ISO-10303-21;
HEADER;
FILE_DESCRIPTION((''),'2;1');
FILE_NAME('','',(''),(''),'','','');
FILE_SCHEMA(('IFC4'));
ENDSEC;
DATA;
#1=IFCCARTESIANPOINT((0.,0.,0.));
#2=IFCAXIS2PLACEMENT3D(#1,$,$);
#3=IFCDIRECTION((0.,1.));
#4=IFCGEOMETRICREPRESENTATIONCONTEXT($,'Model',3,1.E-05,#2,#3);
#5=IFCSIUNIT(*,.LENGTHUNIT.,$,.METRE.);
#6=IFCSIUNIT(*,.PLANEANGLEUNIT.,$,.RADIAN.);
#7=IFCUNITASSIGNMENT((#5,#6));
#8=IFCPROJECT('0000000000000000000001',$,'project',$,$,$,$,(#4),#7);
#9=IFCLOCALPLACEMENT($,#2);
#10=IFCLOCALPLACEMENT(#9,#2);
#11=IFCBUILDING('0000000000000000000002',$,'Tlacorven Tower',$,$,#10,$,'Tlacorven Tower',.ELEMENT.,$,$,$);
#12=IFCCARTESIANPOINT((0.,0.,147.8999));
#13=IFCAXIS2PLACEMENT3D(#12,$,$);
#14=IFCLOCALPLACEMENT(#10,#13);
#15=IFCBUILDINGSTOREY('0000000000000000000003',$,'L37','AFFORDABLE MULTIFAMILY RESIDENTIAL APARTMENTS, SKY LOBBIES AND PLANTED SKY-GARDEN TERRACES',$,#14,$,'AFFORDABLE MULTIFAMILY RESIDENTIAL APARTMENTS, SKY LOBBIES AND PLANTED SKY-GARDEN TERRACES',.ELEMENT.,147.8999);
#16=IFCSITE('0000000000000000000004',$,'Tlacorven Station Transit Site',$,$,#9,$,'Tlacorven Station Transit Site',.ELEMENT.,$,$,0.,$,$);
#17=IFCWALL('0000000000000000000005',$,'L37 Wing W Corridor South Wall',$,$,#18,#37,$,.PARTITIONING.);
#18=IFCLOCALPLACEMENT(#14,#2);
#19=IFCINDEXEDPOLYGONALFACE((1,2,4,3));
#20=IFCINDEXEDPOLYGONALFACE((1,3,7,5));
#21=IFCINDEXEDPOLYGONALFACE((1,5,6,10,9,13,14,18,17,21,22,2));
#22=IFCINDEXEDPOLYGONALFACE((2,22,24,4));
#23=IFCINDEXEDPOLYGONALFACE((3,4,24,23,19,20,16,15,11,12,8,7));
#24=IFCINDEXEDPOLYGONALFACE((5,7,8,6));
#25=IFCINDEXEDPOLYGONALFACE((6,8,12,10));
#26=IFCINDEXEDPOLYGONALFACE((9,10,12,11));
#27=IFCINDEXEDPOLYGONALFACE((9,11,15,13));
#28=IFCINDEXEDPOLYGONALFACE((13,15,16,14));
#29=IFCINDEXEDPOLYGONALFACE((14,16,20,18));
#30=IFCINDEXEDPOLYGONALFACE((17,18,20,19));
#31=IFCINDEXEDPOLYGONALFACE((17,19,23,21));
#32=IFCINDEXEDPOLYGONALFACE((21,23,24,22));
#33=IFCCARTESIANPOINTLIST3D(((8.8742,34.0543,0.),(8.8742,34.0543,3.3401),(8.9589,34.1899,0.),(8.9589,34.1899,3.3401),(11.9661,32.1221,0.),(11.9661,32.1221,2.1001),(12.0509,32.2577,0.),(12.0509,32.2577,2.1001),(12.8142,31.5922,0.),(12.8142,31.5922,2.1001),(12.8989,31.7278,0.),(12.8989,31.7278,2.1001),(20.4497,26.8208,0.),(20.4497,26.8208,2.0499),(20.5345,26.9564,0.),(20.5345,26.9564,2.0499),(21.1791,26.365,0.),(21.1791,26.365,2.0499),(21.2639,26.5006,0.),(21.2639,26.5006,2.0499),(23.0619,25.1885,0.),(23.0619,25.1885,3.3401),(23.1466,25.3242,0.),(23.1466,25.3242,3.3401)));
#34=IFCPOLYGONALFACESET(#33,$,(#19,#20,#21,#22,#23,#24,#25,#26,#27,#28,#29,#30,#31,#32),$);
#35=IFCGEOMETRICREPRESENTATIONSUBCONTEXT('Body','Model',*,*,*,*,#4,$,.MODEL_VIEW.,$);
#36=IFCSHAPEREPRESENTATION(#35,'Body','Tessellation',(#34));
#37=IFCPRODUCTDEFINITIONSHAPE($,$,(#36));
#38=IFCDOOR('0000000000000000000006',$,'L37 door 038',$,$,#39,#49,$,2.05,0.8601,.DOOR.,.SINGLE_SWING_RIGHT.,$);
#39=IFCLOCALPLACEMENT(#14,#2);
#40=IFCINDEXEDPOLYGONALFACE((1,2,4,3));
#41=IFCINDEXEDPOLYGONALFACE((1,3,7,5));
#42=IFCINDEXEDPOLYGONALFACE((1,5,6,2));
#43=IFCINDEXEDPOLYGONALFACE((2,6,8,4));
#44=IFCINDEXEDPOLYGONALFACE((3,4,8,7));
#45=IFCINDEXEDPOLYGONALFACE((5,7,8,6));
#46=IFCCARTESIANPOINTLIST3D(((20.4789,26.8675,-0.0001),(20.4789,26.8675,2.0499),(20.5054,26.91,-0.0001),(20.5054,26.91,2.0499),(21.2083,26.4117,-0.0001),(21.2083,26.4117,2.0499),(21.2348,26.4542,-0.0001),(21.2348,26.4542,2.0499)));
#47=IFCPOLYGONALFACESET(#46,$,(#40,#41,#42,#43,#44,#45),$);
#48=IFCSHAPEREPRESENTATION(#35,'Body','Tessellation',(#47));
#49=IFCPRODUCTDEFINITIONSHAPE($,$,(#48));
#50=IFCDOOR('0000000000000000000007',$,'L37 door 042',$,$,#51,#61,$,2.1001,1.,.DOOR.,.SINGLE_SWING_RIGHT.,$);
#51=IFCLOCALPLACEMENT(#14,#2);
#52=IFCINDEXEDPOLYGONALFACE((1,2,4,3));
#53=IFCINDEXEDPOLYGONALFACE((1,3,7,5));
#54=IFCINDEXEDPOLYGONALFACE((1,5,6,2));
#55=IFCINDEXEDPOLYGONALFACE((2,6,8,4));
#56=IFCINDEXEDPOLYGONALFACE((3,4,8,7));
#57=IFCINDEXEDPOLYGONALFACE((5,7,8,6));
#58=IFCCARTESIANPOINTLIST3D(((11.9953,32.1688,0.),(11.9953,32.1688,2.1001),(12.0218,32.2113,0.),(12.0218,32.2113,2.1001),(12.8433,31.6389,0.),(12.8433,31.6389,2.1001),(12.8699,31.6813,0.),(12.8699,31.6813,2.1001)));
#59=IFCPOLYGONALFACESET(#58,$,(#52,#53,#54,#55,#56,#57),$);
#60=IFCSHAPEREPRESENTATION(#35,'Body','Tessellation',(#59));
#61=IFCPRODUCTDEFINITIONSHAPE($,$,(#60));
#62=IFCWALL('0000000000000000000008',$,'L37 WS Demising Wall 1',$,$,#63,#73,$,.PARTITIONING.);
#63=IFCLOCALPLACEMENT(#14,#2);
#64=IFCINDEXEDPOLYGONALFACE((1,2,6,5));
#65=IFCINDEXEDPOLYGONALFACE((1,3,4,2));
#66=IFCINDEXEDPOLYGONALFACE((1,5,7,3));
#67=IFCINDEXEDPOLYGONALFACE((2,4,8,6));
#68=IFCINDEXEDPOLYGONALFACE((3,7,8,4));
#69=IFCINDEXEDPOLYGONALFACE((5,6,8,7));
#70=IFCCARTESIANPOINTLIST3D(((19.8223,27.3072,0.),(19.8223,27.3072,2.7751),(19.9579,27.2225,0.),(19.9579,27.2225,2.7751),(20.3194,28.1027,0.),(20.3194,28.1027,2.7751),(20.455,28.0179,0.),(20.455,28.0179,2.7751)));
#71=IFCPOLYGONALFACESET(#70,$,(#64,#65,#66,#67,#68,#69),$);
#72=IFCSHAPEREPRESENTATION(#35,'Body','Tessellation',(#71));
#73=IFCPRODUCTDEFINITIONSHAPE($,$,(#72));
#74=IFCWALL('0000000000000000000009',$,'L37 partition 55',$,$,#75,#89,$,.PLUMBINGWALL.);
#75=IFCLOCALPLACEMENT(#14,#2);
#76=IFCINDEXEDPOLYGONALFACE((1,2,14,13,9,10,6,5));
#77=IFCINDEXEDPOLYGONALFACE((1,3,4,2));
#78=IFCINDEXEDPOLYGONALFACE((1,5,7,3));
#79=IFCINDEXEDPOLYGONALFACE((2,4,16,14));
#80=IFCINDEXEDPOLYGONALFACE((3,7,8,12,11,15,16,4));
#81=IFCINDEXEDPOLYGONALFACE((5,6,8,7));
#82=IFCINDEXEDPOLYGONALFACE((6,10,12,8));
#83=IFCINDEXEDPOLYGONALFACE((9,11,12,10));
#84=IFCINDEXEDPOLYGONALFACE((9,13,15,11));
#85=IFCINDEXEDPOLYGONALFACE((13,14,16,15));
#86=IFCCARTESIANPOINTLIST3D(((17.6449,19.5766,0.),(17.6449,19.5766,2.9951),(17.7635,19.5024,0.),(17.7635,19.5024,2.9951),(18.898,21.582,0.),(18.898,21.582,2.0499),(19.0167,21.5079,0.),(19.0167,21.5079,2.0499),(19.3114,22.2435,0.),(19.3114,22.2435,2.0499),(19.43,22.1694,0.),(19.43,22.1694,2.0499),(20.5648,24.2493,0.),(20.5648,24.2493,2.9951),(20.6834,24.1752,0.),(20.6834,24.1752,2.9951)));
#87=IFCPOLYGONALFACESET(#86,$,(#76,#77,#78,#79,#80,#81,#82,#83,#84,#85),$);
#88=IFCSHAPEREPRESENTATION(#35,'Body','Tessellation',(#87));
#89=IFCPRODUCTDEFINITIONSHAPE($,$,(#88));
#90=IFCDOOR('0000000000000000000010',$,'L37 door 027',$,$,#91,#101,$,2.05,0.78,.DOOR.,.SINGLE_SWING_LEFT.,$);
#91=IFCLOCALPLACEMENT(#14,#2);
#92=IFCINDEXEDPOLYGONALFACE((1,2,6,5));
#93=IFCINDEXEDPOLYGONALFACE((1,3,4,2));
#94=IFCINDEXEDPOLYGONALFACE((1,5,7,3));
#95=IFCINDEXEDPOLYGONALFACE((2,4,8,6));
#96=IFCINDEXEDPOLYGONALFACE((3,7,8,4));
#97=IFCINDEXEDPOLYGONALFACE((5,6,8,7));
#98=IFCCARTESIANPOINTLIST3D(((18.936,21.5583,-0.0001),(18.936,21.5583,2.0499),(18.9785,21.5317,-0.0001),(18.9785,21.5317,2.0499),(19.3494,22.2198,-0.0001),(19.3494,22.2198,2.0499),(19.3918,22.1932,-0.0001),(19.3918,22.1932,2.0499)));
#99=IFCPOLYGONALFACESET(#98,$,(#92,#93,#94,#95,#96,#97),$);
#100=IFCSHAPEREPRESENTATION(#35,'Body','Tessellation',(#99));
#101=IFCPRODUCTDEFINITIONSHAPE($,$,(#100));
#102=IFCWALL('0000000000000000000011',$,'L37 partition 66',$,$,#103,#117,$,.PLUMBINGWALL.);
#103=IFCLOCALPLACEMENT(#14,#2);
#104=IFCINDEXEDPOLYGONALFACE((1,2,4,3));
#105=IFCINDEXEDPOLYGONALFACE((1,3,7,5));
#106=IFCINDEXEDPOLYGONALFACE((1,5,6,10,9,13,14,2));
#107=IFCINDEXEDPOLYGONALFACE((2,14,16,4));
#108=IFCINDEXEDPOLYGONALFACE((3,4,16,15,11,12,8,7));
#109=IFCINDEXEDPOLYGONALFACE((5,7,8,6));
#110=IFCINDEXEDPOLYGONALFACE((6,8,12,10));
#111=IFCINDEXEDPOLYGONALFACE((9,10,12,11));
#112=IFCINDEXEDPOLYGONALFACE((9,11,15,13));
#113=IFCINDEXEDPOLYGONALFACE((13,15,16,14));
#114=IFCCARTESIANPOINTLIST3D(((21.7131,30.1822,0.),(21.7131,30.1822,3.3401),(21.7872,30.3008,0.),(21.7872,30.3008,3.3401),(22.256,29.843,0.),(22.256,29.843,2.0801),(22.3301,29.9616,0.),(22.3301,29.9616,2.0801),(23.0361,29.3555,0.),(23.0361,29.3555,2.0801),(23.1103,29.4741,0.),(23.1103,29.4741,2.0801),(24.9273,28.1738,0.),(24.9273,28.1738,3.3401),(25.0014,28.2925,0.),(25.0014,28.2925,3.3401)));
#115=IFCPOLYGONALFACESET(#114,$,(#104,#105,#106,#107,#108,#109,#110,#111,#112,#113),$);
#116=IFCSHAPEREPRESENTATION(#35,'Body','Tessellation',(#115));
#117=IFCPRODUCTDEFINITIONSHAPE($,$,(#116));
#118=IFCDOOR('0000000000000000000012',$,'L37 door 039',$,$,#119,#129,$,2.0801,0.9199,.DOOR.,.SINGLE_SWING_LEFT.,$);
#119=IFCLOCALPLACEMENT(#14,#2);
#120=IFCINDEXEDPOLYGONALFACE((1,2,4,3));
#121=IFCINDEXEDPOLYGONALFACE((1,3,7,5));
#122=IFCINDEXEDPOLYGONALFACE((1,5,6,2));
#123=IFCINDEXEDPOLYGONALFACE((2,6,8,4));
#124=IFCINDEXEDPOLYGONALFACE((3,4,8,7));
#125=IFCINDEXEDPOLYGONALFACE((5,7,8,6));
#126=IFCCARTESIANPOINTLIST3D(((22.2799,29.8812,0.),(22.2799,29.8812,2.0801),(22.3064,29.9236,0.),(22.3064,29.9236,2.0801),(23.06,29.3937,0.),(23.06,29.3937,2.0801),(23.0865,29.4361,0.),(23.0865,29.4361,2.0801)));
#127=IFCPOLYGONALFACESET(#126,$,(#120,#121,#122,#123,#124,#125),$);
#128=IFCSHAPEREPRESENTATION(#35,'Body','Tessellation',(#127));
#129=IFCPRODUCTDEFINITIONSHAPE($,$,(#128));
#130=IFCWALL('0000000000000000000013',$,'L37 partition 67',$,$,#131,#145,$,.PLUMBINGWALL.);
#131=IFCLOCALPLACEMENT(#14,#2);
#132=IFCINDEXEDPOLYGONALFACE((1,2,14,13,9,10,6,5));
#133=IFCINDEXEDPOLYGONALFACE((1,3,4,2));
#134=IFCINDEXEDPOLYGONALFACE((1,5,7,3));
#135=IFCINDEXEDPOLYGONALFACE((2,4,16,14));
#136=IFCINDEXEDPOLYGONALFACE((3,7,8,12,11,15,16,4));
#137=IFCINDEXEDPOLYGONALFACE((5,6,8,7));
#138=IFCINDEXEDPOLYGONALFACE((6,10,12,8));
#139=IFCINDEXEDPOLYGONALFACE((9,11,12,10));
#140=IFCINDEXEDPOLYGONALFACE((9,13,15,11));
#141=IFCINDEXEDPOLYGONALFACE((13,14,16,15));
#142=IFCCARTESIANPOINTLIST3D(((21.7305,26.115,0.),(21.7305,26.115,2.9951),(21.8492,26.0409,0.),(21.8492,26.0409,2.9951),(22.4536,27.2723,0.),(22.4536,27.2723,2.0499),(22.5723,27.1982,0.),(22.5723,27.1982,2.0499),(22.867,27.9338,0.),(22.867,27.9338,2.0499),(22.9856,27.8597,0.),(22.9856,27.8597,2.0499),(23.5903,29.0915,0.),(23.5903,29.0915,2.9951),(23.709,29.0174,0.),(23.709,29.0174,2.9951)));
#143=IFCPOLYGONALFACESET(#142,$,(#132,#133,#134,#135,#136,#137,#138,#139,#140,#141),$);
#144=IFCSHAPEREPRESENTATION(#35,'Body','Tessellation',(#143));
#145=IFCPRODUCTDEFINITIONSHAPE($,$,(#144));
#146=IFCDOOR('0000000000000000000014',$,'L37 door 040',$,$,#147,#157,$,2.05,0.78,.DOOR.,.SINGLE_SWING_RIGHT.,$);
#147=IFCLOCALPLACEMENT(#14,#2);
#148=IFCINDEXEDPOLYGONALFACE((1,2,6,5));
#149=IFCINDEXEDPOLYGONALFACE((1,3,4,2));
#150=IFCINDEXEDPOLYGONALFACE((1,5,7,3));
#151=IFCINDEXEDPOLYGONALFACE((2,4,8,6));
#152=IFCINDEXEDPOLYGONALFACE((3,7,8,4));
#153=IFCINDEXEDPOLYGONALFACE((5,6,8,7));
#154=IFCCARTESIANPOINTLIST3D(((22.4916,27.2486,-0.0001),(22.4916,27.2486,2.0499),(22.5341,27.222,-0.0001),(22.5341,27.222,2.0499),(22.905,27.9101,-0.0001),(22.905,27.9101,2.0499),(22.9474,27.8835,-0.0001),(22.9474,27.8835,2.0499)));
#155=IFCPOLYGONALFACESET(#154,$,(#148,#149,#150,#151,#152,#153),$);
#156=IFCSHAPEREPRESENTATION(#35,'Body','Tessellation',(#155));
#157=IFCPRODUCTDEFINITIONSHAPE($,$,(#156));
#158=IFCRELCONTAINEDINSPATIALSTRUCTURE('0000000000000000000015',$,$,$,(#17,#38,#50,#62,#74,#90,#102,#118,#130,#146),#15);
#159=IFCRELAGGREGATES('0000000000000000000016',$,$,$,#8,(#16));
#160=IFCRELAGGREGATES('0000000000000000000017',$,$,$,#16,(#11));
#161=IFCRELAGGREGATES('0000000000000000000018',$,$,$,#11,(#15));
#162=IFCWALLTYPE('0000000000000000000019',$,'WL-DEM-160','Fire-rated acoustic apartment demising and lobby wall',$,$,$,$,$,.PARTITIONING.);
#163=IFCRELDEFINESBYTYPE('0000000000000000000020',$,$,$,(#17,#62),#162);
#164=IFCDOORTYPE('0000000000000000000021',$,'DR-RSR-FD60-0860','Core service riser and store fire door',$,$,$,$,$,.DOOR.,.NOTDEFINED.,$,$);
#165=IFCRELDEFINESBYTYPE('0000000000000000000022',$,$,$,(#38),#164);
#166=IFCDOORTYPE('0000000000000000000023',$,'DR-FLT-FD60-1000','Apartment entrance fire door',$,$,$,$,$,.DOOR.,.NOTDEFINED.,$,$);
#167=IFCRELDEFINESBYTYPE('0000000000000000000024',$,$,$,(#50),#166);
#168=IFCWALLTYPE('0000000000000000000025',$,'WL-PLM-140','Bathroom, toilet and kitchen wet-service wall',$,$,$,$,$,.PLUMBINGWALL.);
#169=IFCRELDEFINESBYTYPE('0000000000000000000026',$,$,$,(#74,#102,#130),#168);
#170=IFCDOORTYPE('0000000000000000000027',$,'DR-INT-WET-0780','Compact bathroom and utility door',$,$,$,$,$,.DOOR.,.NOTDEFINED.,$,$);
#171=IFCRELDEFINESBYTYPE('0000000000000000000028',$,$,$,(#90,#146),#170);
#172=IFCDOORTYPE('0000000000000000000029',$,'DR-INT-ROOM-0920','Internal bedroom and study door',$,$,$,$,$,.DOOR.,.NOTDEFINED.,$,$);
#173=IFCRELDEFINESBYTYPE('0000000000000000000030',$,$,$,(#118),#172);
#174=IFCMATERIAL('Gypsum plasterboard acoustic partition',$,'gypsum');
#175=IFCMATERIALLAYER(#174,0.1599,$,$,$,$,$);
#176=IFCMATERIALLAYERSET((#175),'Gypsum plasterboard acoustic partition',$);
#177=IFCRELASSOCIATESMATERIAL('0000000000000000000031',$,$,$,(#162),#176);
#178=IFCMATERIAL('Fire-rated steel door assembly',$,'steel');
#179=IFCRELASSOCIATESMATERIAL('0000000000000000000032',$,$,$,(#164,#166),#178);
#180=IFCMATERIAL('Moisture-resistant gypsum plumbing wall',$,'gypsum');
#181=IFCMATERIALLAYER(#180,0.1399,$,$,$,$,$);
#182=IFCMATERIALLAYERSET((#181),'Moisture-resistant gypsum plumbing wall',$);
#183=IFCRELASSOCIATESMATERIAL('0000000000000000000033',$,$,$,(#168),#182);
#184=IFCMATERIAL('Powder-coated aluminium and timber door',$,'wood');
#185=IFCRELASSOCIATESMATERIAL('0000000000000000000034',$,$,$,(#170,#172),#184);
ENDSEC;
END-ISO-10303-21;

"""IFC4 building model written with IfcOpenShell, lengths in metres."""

from ifc_helpers import new_model, si_unit, direction, frame, frame_2d, origin, place, context, subcontext, project, spatial, rectangle, extrude, source, transform, mapped, material, layer, layer_set, type_object, element, fill, save


model = new_model("IFC4")

# Units and contexts
model_context = context("Model", 3, precision=1e-05, world=origin(), true_north=direction((0.0, 1.0)))
body_context = subcontext(model_context, "Body", "Model", "MODEL_VIEW")
ifc_project = project(units=[si_unit("LENGTHUNIT", "METRE"), si_unit("PLANEANGLEUNIT", "RADIAN")], contexts=[model_context])

# Site, building, storey
site_placement = place(None, origin())
site = spatial("IfcSite", under=ifc_project, at=site_placement, Name="Tlacorven Station Transit Site", LongName="Tlacorven Station Transit Site", CompositionType="ELEMENT", RefElevation=0.0)
building_placement = place(site_placement, origin())
building = spatial("IfcBuilding", under=site, at=building_placement, Name="Tlacorven Tower", LongName="Tlacorven Tower", CompositionType="ELEMENT")
storey_placement = place(building_placement, frame((0.0, 0.0, 147.8999)))
storey = spatial("IfcBuildingStorey", under=building, at=storey_placement, Name="L37", Description="AFFORDABLE MULTIFAMILY RESIDENTIAL APARTMENTS, SKY LOBBIES AND PLANTED SKY-GARDEN TERRACES", LongName="AFFORDABLE MULTIFAMILY RESIDENTIAL APARTMENTS, SKY LOBBIES AND PLANTED SKY-GARDEN TERRACES", CompositionType="ELEMENT", Elevation=147.8999)

# Shared definitions
ifc_material_1 = material(Name="Gypsum plasterboard acoustic partition", Category="gypsum")
ifc_layer_1 = layer(ifc_material_1, 0.1599)
ifc_layer_set_1 = layer_set([ifc_layer_1], Name="Gypsum plasterboard acoustic partition")
wall_type_1 = type_object("IfcWallType", Name="WL-DEM-160", Description="Fire-rated acoustic apartment demising and lobby wall", PredefinedType="PARTITIONING", material=ifc_layer_set_1)
ifc_material_2 = material(Name="Fire-rated steel door assembly", Category="steel")
door_type_1 = type_object("IfcDoorType", Name="DR-RSR-FD60-0860", Description="Core service riser and store fire door", OperationType="NOTDEFINED", PredefinedType="DOOR", material=ifc_material_2)
shared_shape_1 = source(origin(), body_context, "Body", "SweptSolid", [
    extrude(rectangle(XDim=0.8601, YDim=2.05, at=frame_2d((0.4302, 1.0249))), frame((0.0, 0.0249, 0.0), z_axis=(0.0, -1.0, 0.0), x_axis=(1.0, 0.0, 0.0)), (0.0, 0.0, 1.0), 0.05),
])

# Wall, openings, doors
wall_1_placement = place(storey_placement, frame((23.1042, 25.2563, 0.0), z_axis=(0.0, 0.0, 1.0), x_axis=(-0.848042, 0.529929, 0.0)))
wall_1 = element("IfcWall", 1, at=wall_1_placement, inside=storey, type_object=wall_type_1, Name="L37 Wing W Corridor South Wall", PredefinedType="PARTITIONING", context=body_context, shape_type="SweptSolid", body=[
    extrude(rectangle(XDim=16.73, YDim=0.1599, at=frame_2d((8.365, 0.0))), origin(), (0.0, 0.0, 1.0), 3.3401),
])
opening_1_placement = place(wall_1_placement, frame((2.22, 0.0, 0.0)))
opening_1 = element("IfcOpeningElement", 2, at=opening_1_placement, cuts=wall_1, PredefinedType="OPENING", context=body_context, shape_type="SweptSolid", body=[
    extrude(rectangle(XDim=0.8601, YDim=2.05, at=frame_2d((0.4302, 1.0249))), frame((0.0, 0.0898, 0.0), z_axis=(0.0, -1.0, 0.0), x_axis=(1.0, 0.0, 0.0)), (0.0, 0.0, 1.0), 0.1799),
])
opening_2_placement = place(wall_1_placement, frame((12.084, 0.0, 0.0)))
opening_2 = element("IfcOpeningElement", 3, at=opening_2_placement, cuts=wall_1, PredefinedType="OPENING", context=body_context, shape_type="SweptSolid", body=[
    extrude(rectangle(XDim=1.0, YDim=2.1001, at=frame_2d((0.5, 1.05))), frame((0.0, 0.0898, 0.0), z_axis=(0.0, -1.0, 0.0), x_axis=(1.0, 0.0, 0.0)), (0.0, 0.0, 1.0), 0.1799),
])
door_1_placement = place(opening_1_placement, origin())
door_1 = element("IfcDoor", 4, at=door_1_placement, inside=storey, type_object=door_type_1, Name="L37 door 038", OperationType="SINGLE_SWING_RIGHT", OverallHeight=2.05, OverallWidth=0.8601, PredefinedType="DOOR", context=body_context, shape_type="MappedRepresentation", body=[
    mapped(shared_shape_1, transform((0.0, 0.0, 0.0), scale=1.0)),
])
fill(opening_1, door_1)
door_type_2 = type_object("IfcDoorType", Name="DR-FLT-FD60-1000", Description="Apartment entrance fire door", OperationType="NOTDEFINED", PredefinedType="DOOR", material=ifc_material_2)
shared_shape_2 = source(origin(), body_context, "Body", "SweptSolid", [
    extrude(rectangle(XDim=1.0, YDim=2.1001, at=frame_2d((0.5, 1.05))), frame((0.0, 0.0249, 0.0), z_axis=(0.0, -1.0, 0.0), x_axis=(1.0, 0.0, 0.0)), (0.0, 0.0, 1.0), 0.05),
])
door_2_placement = place(opening_2_placement, origin())
door_2 = element("IfcDoor", 5, at=door_2_placement, inside=storey, type_object=door_type_2, Name="L37 door 042", OperationType="SINGLE_SWING_RIGHT", OverallHeight=2.1001, OverallWidth=1.0, PredefinedType="DOOR", context=body_context, shape_type="MappedRepresentation", body=[
    mapped(shared_shape_2, transform((0.0, 0.0, 0.0), scale=1.0)),
])
fill(opening_2, door_2)

# Wall
wall_2_placement = place(storey_placement, frame((20.3872, 28.0603, 0.0), z_axis=(0.0, 0.0, 1.0), x_axis=(-0.529952, -0.848028, 0.0)))
element("IfcWall", 6, at=wall_2_placement, inside=storey, type_object=wall_type_1, Name="L37 WS Demising Wall 1", PredefinedType="PARTITIONING", context=body_context, shape_type="SweptSolid", body=[
    extrude(rectangle(XDim=0.938, YDim=0.1599, at=frame_2d((0.469, 0.0))), origin(), (0.0, 0.0, 1.0), 2.7751),
])

# Walls, openings, doors
ifc_material_3 = material(Name="Moisture-resistant gypsum plumbing wall", Category="gypsum")
ifc_layer_2 = layer(ifc_material_3, 0.1399)
ifc_layer_set_2 = layer_set([ifc_layer_2], Name="Moisture-resistant gypsum plumbing wall")
wall_type_2 = type_object("IfcWallType", Name="WL-PLM-140", Description="Bathroom, toilet and kitchen wet-service wall", PredefinedType="PLUMBINGWALL", material=ifc_layer_set_2)
wall_3_placement = place(storey_placement, frame((20.624, 24.2122, 0.0), z_axis=(0.0, 0.0, 1.0), x_axis=(-0.529919, -0.848048, 0.0)))
wall_3 = element("IfcWall", 7, at=wall_3_placement, inside=storey, type_object=wall_type_2, Name="L37 partition 55", PredefinedType="PLUMBINGWALL", context=body_context, shape_type="SweptSolid", body=[
    extrude(rectangle(XDim=5.51, YDim=0.1399, at=frame_2d((2.7549, 0.0))), origin(), (0.0, 0.0, 1.0), 2.9951),
])
opening_3_placement = place(wall_3_placement, frame((2.365, 0.0, 0.0)))
opening_3 = element("IfcOpeningElement", 8, at=opening_3_placement, cuts=wall_3, PredefinedType="OPENING", context=body_context, shape_type="SweptSolid", body=[
    extrude(rectangle(XDim=0.78, YDim=2.05, at=frame_2d((0.3901, 1.0249))), frame((0.0, 0.0801, 0.0), z_axis=(0.0, -1.0, 0.0), x_axis=(1.0, 0.0, 0.0)), (0.0, 0.0, 1.0), 0.1599),
])
ifc_material_4 = material(Name="Powder-coated aluminium and timber door", Category="wood")
door_type_3 = type_object("IfcDoorType", Name="DR-INT-WET-0780", Description="Compact bathroom and utility door", OperationType="NOTDEFINED", PredefinedType="DOOR", material=ifc_material_4)
shared_shape_3 = source(origin(), body_context, "Body", "SweptSolid", [
    extrude(rectangle(XDim=0.78, YDim=2.05, at=frame_2d((0.3901, 1.0249))), frame((0.0, 0.0249, 0.0), z_axis=(0.0, -1.0, 0.0), x_axis=(1.0, 0.0, 0.0)), (0.0, 0.0, 1.0), 0.05),
])
door_3_placement = place(opening_3_placement, origin())
door_3 = element("IfcDoor", 9, at=door_3_placement, inside=storey, type_object=door_type_3, Name="L37 door 027", OperationType="SINGLE_SWING_LEFT", OverallHeight=2.05, OverallWidth=0.78, PredefinedType="DOOR", context=body_context, shape_type="MappedRepresentation", body=[
    mapped(shared_shape_3, transform((0.0, 0.0, 0.0), scale=1.0)),
])
fill(opening_3, door_3)
wall_4_placement = place(storey_placement, frame((24.9644, 28.2332, 0.0), z_axis=(0.0, 0.0, 1.0), x_axis=(-0.84806, 0.529901, 0.0)))
wall_4 = element("IfcWall", 10, at=wall_4_placement, inside=storey, type_object=wall_type_2, Name="L37 partition 66", PredefinedType="PLUMBINGWALL", context=body_context, shape_type="SweptSolid", body=[
    extrude(rectangle(XDim=3.79, YDim=0.1399, at=frame_2d((1.895, 0.0))), origin(), (0.0, 0.0, 1.0), 3.3401),
])
opening_4_placement = place(wall_4_placement, frame((2.23, 0.0, 0.0)))
opening_4 = element("IfcOpeningElement", 11, at=opening_4_placement, cuts=wall_4, PredefinedType="OPENING", context=body_context, shape_type="SweptSolid", body=[
    extrude(rectangle(XDim=0.9199, YDim=2.0801, at=frame_2d((0.46, 1.04))), frame((0.0, 0.0801, 0.0), z_axis=(0.0, -1.0, 0.0), x_axis=(1.0, 0.0, 0.0)), (0.0, 0.0, 1.0), 0.1599),
])
door_type_4 = type_object("IfcDoorType", Name="DR-INT-ROOM-0920", Description="Internal bedroom and study door", OperationType="NOTDEFINED", PredefinedType="DOOR", material=ifc_material_4)
shared_shape_4 = source(origin(), body_context, "Body", "SweptSolid", [
    extrude(rectangle(XDim=0.9199, YDim=2.0801, at=frame_2d((0.46, 1.04))), frame((0.0, 0.0249, 0.0), z_axis=(0.0, -1.0, 0.0), x_axis=(1.0, 0.0, 0.0)), (0.0, 0.0, 1.0), 0.05),
])
door_4_placement = place(opening_4_placement, origin())
door_4 = element("IfcDoor", 12, at=door_4_placement, inside=storey, type_object=door_type_4, Name="L37 door 039", OperationType="SINGLE_SWING_LEFT", OverallHeight=2.0801, OverallWidth=0.9199, PredefinedType="DOOR", context=body_context, shape_type="MappedRepresentation", body=[
    mapped(shared_shape_4, transform((0.0, 0.0, 0.0), scale=1.0)),
])
fill(opening_4, door_4)
wall_5_placement = place(storey_placement, frame((23.6497, 29.0544, 0.0), z_axis=(0.0, 0.0, 1.0), x_axis=(-0.529899, -0.848061, 0.0)))
wall_5 = element("IfcWall", 13, at=wall_5_placement, inside=storey, type_object=wall_type_2, Name="L37 partition 67", PredefinedType="PLUMBINGWALL", context=body_context, shape_type="SweptSolid", body=[
    extrude(rectangle(XDim=3.5098, YDim=0.1399, at=frame_2d((1.7549, 0.0))), origin(), (0.0, 0.0, 1.0), 2.9951),
])
opening_5_placement = place(wall_5_placement, frame((1.365, 0.0, 0.0)))
opening_5 = element("IfcOpeningElement", 14, at=opening_5_placement, cuts=wall_5, PredefinedType="OPENING", context=body_context, shape_type="SweptSolid", body=[
    extrude(rectangle(XDim=0.78, YDim=2.05, at=frame_2d((0.3901, 1.0249))), frame((0.0, 0.0801, 0.0), z_axis=(0.0, -1.0, 0.0), x_axis=(1.0, 0.0, 0.0)), (0.0, 0.0, 1.0), 0.1599),
])
door_5_placement = place(opening_5_placement, origin())
door_5 = element("IfcDoor", 15, at=door_5_placement, inside=storey, type_object=door_type_3, Name="L37 door 040", OperationType="SINGLE_SWING_RIGHT", OverallHeight=2.05, OverallWidth=0.78, PredefinedType="DOOR", context=body_context, shape_type="MappedRepresentation", body=[
    mapped(shared_shape_3, transform((0.0, 0.0, 0.0), scale=1.0)),
])
fill(opening_5, door_5)

save(model, "model.ifc")
